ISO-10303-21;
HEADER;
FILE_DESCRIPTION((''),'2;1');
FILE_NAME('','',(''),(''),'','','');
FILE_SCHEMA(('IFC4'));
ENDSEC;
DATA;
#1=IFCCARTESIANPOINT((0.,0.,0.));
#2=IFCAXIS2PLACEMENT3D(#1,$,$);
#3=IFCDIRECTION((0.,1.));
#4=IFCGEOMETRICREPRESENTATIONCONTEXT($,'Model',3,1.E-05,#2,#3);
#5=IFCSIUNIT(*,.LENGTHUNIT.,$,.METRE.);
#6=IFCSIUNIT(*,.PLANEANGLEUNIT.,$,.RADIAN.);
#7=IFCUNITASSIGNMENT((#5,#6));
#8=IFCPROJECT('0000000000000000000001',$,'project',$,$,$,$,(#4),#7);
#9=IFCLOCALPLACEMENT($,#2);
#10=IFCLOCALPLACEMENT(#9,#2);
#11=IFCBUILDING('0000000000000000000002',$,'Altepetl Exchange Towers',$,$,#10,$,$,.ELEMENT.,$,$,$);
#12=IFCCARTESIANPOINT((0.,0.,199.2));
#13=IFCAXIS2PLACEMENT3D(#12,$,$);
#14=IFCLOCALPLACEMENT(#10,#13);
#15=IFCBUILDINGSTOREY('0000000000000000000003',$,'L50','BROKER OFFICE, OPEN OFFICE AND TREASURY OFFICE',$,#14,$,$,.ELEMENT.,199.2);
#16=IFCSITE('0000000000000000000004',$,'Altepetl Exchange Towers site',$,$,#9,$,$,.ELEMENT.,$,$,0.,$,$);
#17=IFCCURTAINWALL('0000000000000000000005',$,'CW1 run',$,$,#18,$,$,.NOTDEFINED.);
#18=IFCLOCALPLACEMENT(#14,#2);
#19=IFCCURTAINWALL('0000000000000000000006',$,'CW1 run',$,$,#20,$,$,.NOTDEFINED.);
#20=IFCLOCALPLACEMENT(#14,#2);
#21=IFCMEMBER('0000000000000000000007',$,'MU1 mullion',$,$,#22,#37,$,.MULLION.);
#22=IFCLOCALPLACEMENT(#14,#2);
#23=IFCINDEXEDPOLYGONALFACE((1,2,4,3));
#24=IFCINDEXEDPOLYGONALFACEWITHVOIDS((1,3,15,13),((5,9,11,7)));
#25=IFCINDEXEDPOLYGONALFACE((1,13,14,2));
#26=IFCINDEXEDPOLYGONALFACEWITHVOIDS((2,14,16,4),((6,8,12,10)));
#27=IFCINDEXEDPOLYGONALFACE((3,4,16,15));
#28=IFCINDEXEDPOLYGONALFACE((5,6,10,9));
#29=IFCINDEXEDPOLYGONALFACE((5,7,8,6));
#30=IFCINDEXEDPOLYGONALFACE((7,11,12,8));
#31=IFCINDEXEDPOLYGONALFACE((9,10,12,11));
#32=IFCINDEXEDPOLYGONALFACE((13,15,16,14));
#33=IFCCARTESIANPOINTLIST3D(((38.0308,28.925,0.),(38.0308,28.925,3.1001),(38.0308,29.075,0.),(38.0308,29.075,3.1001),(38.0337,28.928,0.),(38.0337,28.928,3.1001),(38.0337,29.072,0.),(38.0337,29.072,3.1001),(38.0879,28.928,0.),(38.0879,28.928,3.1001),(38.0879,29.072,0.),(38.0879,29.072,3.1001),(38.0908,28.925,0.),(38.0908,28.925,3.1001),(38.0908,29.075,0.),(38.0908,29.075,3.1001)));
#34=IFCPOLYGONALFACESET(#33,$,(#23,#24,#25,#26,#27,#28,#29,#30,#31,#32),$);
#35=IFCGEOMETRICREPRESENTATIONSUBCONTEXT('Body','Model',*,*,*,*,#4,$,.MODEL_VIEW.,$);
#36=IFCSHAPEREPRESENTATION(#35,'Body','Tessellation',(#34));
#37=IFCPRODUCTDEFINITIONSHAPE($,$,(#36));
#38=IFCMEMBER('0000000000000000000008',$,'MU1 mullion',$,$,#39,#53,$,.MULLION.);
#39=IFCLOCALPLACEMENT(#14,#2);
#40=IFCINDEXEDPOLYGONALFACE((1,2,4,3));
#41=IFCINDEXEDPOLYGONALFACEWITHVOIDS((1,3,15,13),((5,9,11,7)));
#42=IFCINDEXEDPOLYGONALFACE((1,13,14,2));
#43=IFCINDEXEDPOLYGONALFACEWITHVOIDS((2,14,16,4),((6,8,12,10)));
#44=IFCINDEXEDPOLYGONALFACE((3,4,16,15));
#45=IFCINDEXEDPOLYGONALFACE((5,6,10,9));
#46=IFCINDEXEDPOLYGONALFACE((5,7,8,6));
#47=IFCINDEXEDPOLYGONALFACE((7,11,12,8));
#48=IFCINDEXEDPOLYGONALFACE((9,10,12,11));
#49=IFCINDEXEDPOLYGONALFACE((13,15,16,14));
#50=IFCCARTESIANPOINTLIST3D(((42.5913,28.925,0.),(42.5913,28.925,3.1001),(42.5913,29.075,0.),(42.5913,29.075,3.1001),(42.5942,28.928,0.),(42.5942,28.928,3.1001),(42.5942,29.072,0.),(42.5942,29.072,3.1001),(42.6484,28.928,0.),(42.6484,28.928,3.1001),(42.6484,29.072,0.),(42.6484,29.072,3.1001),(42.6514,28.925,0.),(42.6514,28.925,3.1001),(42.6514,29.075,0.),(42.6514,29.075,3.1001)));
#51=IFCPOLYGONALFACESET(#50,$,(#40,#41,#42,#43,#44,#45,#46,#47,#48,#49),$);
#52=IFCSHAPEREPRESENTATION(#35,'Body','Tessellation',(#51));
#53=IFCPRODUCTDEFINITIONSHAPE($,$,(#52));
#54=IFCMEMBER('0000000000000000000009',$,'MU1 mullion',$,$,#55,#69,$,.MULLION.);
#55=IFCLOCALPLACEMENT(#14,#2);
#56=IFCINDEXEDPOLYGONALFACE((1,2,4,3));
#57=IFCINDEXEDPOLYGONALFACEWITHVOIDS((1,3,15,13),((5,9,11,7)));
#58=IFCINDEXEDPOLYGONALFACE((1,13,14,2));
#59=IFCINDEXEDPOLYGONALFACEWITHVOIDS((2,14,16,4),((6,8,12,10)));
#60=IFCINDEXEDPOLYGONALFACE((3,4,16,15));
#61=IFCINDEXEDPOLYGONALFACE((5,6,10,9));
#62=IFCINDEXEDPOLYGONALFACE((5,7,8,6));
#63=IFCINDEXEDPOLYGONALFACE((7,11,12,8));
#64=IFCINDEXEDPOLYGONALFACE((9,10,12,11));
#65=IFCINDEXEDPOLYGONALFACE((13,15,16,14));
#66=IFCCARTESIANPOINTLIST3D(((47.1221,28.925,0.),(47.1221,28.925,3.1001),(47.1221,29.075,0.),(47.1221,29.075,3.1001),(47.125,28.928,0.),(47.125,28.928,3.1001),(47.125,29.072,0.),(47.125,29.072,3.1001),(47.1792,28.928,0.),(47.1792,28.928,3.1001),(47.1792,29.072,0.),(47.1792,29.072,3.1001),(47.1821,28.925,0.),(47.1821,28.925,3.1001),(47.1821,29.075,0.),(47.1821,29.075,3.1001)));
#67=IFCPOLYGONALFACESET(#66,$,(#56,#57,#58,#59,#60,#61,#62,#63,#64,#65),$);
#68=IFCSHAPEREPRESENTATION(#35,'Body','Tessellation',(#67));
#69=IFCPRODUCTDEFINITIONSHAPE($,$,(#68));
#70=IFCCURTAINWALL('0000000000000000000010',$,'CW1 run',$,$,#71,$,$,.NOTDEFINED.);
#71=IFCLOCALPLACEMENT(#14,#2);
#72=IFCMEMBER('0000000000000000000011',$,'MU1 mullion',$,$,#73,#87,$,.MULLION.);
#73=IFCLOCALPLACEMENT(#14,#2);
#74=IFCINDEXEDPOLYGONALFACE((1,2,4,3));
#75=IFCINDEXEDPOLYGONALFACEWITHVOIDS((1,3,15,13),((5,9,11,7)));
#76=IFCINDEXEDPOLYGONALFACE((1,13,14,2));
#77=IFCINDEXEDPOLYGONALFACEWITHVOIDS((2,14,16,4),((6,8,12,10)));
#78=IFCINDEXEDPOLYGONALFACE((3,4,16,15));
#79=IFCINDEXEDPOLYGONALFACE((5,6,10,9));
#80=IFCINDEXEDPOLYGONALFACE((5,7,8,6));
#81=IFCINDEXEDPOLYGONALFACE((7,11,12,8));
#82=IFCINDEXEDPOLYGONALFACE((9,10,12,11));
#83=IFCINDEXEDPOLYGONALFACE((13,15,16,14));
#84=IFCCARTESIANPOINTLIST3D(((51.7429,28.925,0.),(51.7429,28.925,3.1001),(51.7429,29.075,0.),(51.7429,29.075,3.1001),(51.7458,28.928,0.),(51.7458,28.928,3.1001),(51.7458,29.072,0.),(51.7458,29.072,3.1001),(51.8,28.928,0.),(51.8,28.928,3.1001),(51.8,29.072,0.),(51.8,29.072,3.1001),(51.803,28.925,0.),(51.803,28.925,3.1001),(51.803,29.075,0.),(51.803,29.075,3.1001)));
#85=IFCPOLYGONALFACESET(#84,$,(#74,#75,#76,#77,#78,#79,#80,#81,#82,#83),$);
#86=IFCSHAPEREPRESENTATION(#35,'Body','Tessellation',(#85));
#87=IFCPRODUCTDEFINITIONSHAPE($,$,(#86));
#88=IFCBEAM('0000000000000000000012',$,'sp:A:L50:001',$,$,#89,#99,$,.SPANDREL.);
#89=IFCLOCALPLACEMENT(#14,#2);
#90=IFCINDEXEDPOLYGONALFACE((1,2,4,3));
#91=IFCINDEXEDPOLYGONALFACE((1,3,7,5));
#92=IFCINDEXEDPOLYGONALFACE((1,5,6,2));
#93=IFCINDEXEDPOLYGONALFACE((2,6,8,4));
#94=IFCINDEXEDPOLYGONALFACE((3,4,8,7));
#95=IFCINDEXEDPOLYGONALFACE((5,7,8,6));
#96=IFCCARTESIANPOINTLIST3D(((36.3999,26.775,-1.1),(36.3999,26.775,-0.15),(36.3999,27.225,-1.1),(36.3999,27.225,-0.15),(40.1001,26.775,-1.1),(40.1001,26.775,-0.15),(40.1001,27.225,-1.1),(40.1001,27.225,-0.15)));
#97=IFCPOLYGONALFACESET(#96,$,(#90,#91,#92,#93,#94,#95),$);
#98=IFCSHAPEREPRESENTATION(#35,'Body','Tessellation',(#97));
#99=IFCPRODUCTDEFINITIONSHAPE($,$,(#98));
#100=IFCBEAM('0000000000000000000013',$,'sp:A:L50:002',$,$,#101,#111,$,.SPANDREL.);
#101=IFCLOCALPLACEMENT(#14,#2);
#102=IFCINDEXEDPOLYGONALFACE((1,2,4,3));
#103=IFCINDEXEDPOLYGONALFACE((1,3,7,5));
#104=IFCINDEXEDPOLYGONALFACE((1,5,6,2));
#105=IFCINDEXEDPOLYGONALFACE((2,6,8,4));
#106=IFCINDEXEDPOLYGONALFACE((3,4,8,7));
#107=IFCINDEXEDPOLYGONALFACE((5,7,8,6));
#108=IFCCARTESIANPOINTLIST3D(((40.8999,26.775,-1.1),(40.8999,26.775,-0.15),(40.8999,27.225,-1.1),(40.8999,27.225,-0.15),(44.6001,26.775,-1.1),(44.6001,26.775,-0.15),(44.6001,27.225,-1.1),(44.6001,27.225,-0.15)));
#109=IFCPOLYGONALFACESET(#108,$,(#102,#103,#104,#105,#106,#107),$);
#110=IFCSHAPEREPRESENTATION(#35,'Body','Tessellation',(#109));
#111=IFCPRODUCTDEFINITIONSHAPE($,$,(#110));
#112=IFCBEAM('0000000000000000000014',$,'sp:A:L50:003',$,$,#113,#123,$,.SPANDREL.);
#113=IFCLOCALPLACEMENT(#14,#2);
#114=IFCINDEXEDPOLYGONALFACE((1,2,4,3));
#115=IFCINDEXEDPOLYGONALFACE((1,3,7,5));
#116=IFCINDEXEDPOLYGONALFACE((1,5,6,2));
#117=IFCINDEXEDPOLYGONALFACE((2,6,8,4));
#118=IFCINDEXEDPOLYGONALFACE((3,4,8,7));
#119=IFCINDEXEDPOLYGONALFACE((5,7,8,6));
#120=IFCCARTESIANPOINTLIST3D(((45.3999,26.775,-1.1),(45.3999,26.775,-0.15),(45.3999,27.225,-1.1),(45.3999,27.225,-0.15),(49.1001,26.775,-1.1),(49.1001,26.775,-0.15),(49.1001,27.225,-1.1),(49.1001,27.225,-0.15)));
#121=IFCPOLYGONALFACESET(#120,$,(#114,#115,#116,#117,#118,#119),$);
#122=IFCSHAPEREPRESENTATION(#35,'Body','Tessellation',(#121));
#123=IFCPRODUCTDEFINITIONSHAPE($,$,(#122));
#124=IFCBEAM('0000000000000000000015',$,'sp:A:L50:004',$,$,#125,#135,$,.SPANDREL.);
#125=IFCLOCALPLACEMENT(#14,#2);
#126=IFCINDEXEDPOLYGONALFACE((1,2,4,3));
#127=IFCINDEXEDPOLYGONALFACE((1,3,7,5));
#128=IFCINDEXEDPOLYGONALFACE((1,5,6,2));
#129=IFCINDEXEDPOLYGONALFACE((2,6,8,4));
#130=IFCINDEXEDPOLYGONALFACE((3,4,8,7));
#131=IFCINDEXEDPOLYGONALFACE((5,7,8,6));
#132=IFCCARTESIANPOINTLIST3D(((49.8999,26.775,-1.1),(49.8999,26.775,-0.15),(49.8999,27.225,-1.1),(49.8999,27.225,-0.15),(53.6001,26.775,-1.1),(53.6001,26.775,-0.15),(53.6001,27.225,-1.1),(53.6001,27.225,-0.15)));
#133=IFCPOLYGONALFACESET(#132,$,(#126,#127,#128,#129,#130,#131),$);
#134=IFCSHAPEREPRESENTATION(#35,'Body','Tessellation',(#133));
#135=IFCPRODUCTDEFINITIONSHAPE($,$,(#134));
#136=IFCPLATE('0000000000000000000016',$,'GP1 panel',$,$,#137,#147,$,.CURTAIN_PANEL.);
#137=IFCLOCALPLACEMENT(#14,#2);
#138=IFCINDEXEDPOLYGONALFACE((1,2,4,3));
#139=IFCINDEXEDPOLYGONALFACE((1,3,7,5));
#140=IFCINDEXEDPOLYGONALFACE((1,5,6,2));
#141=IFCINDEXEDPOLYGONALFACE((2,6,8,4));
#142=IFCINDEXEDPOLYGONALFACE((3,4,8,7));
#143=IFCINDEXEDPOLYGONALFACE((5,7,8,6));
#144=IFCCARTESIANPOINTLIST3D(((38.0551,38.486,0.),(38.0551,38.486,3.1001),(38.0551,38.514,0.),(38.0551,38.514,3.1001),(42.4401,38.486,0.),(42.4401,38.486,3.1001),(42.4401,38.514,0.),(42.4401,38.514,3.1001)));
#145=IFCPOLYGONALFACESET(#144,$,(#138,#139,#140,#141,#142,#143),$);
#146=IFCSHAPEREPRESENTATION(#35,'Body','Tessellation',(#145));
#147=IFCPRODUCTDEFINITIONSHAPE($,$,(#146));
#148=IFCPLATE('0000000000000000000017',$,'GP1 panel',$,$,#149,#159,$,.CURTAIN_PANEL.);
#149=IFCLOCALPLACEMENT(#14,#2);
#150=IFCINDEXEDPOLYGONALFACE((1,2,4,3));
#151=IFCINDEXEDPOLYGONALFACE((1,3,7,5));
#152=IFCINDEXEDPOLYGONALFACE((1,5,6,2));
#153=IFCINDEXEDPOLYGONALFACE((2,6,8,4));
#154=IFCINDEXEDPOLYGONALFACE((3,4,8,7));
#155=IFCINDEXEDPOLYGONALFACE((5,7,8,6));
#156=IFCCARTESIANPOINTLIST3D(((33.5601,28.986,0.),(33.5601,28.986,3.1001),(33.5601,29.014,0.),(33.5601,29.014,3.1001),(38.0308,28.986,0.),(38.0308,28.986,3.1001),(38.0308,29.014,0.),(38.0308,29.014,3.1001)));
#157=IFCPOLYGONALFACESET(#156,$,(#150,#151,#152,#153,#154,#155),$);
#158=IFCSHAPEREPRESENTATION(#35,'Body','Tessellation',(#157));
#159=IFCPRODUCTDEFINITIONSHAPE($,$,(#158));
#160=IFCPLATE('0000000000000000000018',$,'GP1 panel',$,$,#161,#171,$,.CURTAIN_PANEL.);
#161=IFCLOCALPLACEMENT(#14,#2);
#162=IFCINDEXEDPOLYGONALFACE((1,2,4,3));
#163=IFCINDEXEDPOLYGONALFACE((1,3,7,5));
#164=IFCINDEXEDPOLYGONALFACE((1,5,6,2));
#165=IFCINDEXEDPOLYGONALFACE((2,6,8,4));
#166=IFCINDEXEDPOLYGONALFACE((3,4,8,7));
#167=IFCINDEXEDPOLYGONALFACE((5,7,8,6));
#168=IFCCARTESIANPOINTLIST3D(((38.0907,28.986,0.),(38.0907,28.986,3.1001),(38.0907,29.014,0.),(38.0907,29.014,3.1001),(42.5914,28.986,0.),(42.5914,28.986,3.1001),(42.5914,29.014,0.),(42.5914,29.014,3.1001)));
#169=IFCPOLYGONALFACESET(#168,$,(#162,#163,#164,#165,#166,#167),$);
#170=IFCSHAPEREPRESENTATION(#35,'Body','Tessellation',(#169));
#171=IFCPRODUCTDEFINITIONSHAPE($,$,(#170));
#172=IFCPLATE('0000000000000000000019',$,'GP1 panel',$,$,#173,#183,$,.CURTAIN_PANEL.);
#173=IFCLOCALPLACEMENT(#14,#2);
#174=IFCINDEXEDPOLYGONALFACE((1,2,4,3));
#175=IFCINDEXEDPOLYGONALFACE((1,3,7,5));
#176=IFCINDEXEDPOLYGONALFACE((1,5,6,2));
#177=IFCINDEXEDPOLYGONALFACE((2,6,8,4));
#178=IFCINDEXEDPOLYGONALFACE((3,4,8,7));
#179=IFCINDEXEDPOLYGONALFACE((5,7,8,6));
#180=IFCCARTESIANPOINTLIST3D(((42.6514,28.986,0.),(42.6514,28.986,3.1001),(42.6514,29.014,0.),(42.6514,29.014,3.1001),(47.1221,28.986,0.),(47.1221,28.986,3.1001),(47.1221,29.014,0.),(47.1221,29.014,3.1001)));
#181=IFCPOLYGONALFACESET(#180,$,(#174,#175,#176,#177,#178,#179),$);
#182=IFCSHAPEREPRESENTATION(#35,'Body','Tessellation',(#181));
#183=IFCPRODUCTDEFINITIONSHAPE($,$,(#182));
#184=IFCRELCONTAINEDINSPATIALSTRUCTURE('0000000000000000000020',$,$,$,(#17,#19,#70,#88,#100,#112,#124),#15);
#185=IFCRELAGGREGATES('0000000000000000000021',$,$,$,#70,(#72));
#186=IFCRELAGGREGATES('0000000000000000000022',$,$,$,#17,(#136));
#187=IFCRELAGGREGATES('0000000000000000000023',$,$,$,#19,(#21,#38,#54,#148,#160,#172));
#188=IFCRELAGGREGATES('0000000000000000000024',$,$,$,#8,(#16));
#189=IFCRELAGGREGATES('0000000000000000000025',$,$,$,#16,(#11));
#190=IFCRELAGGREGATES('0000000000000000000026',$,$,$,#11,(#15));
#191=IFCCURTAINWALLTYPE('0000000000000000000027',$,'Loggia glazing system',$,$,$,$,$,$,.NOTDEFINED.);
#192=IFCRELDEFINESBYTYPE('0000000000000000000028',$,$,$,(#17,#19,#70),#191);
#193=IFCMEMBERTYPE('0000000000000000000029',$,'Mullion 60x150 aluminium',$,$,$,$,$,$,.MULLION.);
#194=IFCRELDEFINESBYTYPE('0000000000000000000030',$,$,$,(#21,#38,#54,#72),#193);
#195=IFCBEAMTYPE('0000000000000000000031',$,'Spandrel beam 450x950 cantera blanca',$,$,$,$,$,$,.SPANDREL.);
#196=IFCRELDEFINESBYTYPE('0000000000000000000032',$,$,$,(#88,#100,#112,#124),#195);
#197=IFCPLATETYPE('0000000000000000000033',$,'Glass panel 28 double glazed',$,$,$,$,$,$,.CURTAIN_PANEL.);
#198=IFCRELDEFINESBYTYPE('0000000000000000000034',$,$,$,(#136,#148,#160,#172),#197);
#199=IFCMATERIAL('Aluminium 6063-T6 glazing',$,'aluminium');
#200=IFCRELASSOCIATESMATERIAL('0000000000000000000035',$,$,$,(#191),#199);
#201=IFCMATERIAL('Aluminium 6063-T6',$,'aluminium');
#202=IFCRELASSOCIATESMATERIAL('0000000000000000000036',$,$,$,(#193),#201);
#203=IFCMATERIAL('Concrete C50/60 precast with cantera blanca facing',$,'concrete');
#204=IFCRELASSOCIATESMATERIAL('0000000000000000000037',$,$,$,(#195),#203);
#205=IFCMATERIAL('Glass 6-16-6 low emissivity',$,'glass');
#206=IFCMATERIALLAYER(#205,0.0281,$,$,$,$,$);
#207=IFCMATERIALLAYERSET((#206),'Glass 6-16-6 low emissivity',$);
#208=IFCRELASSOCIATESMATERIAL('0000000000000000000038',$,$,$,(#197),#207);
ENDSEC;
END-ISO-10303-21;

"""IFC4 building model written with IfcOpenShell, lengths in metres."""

from ifc_helpers import new_model, si_unit, direction, frame, origin, origin_2d, place, context, subcontext, project, spatial, rectangle, hollow_rectangle, extrude, material, layer, layer_set, material_profile, profile_set, type_object, element, aggregate, save


model = new_model("IFC4")

# Units and contexts
model_context = context("Model", 3, precision=1e-05, world=origin(), true_north=direction((0.0, 1.0)))
body_context = subcontext(model_context, "Body", "Model", "MODEL_VIEW")
ifc_project = project(units=[si_unit("LENGTHUNIT", "METRE"), si_unit("PLANEANGLEUNIT", "RADIAN")], contexts=[model_context])

# Site, building, storey
site_placement = place(None, origin())
site = spatial("IfcSite", under=ifc_project, at=site_placement, Name="Altepetl Exchange Towers site", CompositionType="ELEMENT", RefElevation=0.0)
building_placement = place(site_placement, origin())
building = spatial("IfcBuilding", under=site, at=building_placement, Name="Altepetl Exchange Towers", CompositionType="ELEMENT")
storey_placement = place(building_placement, frame((0.0, 0.0, 199.2)))
storey = spatial("IfcBuildingStorey", under=building, at=storey_placement, Name="L50", Description="BROKER OFFICE, OPEN OFFICE AND TREASURY OFFICE", CompositionType="ELEMENT", Elevation=199.2)

# Shared definitions
ifc_material_1 = material(Name="Aluminium 6063-T6 glazing", Category="aluminium")
curtain_wall_type = type_object("IfcCurtainWallType", Name="Loggia glazing system", PredefinedType="NOTDEFINED", material=ifc_material_1)
ifc_material_2 = material(Name="Aluminium 6063-T6", Category="aluminium")
ifc_material_profile_1 = material_profile(ifc_material_2, hollow_rectangle(XDim=0.0601, YDim=0.1499, WallThickness=0.0029, at=origin_2d()), Name="Mullion 60x150 aluminium")
ifc_profile_set_1 = profile_set([ifc_material_profile_1], Name="Aluminium 6063-T6")
member_type = type_object("IfcMemberType", Name="Mullion 60x150 aluminium", PredefinedType="MULLION", material=ifc_profile_set_1)

# Curtain walls, members
curtain_wall_1_placement = place(storey_placement, origin())
curtain_wall_1 = element("IfcCurtainWall", 1, at=curtain_wall_1_placement, inside=storey, type_object=curtain_wall_type, Name="CW1 run", PredefinedType="NOTDEFINED")
curtain_wall_2_placement = place(storey_placement, origin())
curtain_wall_2 = element("IfcCurtainWall", 2, at=curtain_wall_2_placement, inside=storey, type_object=curtain_wall_type, Name="CW1 run", PredefinedType="NOTDEFINED")
member_1_placement = place(storey_placement, frame((38.0608, 29.0, 0.0)))
member_1 = element("IfcMember", 3, at=member_1_placement, type_object=member_type, Name="MU1 mullion", PredefinedType="MULLION", context=body_context, shape_type="SweptSolid", body=[
    extrude(hollow_rectangle(XDim=0.0601, YDim=0.1499, WallThickness=0.0029, at=origin_2d()), origin(), (0.0, 0.0, 1.0), 3.1001),
])
member_2_placement = place(storey_placement, frame((42.6213, 29.0, 0.0)))
member_2 = element("IfcMember", 4, at=member_2_placement, type_object=member_type, Name="MU1 mullion", PredefinedType="MULLION", context=body_context, shape_type="SweptSolid", body=[
    extrude(hollow_rectangle(XDim=0.0601, YDim=0.1499, WallThickness=0.0029, at=origin_2d()), origin(), (0.0, 0.0, 1.0), 3.1001),
])
member_3_placement = place(storey_placement, frame((47.1521, 29.0, 0.0)))
member_3 = element("IfcMember", 5, at=member_3_placement, type_object=member_type, Name="MU1 mullion", PredefinedType="MULLION", context=body_context, shape_type="SweptSolid", body=[
    extrude(hollow_rectangle(XDim=0.0601, YDim=0.1499, WallThickness=0.0029, at=origin_2d()), origin(), (0.0, 0.0, 1.0), 3.1001),
])

# Curtain wall, member
curtain_wall_3_placement = place(storey_placement, origin())
curtain_wall_3 = element("IfcCurtainWall", 6, at=curtain_wall_3_placement, inside=storey, type_object=curtain_wall_type, Name="CW1 run", PredefinedType="NOTDEFINED")
member_4_placement = place(storey_placement, frame((51.7729, 29.0, 0.0)))
member_4 = element("IfcMember", 7, at=member_4_placement, type_object=member_type, Name="MU1 mullion", PredefinedType="MULLION", context=body_context, shape_type="SweptSolid", body=[
    extrude(hollow_rectangle(XDim=0.0601, YDim=0.1499, WallThickness=0.0029, at=origin_2d()), origin(), (0.0, 0.0, 1.0), 3.1001),
])
aggregate(curtain_wall_3, [member_4])

# Beams
ifc_material_3 = material(Name="Concrete C50/60 precast with cantera blanca facing", Category="concrete")
ifc_material_profile_2 = material_profile(ifc_material_3, rectangle(XDim=0.45, YDim=0.95, at=origin_2d()), Name="450 x 950")
ifc_profile_set_2 = profile_set([ifc_material_profile_2], Name="Concrete C50/60 precast with cantera blanca facing")
beam_type_1 = type_object("IfcBeamType", Name="Spandrel beam 450x950 cantera blanca", PredefinedType="SPANDREL", material=ifc_profile_set_2)
for number, where, z_axis, x_axis, name in (
    (8, (36.3999, 27.0, -0.625), (1.0, 0.0, 0.0), (0.0, 1.0, 0.0), "sp:A:L50:001"),
    (9, (40.8999, 27.0, -0.625), (1.0, 0.0, 0.0), (0.0, 1.0, 0.0), "sp:A:L50:002"),
    (10, (45.3999, 27.0, -0.625), (1.0, 0.0, 0.0), (0.0, 1.0, 0.0), "sp:A:L50:003"),
    (11, (49.8999, 27.0, -0.625), (1.0, 0.0, 0.0), (0.0, 1.0, 0.0), "sp:A:L50:004"),
):
    element("IfcBeam", number, at=place(storey_placement, frame(where, z_axis=z_axis, x_axis=x_axis)), inside=storey, type_object=beam_type_1, Name=name, PredefinedType="SPANDREL", context=body_context, shape_type="SweptSolid", body=[
        extrude(rectangle(XDim=0.45, YDim=0.95, at=origin_2d()), origin(), (0.0, 0.0, 1.0), 3.7002),
    ])

# Plates
ifc_material_4 = material(Name="Glass 6-16-6 low emissivity", Category="glass")
ifc_layer_1 = layer(ifc_material_4, 0.0281)
ifc_layer_set_1 = layer_set([ifc_layer_1], Name="Glass 6-16-6 low emissivity")
plate_type = type_object("IfcPlateType", Name="Glass panel 28 double glazed", PredefinedType="CURTAIN_PANEL", material=ifc_layer_set_1)
plate_1_placement = place(storey_placement, frame((40.2476, 38.5, 0.0), z_axis=(0.0, 0.0, 1.0), x_axis=(-1.0, 0.0, 0.0)))
plate_1 = element("IfcPlate", 12, at=plate_1_placement, type_object=plate_type, Name="GP1 panel", PredefinedType="CURTAIN_PANEL", context=body_context, shape_type="SweptSolid", body=[
    extrude(rectangle(XDim=4.385, YDim=0.0281, at=origin_2d()), origin(), (0.0, 0.0, 1.0), 3.1001),
])
aggregate(curtain_wall_1, [plate_1])
plate_2_placement = place(storey_placement, frame((35.7954, 29.0, 0.0)))
plate_2 = element("IfcPlate", 13, at=plate_2_placement, type_object=plate_type, Name="GP1 panel", PredefinedType="CURTAIN_PANEL", context=body_context, shape_type="SweptSolid", body=[
    extrude(rectangle(XDim=4.4707, YDim=0.0281, at=origin_2d()), origin(), (0.0, 0.0, 1.0), 3.1001),
])
plate_3_placement = place(storey_placement, frame((40.3411, 29.0, 0.0)))
plate_3 = element("IfcPlate", 14, at=plate_3_placement, type_object=plate_type, Name="GP1 panel", PredefinedType="CURTAIN_PANEL", context=body_context, shape_type="SweptSolid", body=[
    extrude(rectangle(XDim=4.5007, YDim=0.0281, at=origin_2d()), origin(), (0.0, 0.0, 1.0), 3.1001),
])
plate_4_placement = place(storey_placement, frame((44.8867, 29.0, 0.0)))
plate_4 = element("IfcPlate", 15, at=plate_4_placement, type_object=plate_type, Name="GP1 panel", PredefinedType="CURTAIN_PANEL", context=body_context, shape_type="SweptSolid", body=[
    extrude(rectangle(XDim=4.4707, YDim=0.0281, at=origin_2d()), origin(), (0.0, 0.0, 1.0), 3.1001),
])
aggregate(curtain_wall_2, [member_1, member_2, member_3, plate_2, plate_3, plate_4])

save(model, "model.ifc")
